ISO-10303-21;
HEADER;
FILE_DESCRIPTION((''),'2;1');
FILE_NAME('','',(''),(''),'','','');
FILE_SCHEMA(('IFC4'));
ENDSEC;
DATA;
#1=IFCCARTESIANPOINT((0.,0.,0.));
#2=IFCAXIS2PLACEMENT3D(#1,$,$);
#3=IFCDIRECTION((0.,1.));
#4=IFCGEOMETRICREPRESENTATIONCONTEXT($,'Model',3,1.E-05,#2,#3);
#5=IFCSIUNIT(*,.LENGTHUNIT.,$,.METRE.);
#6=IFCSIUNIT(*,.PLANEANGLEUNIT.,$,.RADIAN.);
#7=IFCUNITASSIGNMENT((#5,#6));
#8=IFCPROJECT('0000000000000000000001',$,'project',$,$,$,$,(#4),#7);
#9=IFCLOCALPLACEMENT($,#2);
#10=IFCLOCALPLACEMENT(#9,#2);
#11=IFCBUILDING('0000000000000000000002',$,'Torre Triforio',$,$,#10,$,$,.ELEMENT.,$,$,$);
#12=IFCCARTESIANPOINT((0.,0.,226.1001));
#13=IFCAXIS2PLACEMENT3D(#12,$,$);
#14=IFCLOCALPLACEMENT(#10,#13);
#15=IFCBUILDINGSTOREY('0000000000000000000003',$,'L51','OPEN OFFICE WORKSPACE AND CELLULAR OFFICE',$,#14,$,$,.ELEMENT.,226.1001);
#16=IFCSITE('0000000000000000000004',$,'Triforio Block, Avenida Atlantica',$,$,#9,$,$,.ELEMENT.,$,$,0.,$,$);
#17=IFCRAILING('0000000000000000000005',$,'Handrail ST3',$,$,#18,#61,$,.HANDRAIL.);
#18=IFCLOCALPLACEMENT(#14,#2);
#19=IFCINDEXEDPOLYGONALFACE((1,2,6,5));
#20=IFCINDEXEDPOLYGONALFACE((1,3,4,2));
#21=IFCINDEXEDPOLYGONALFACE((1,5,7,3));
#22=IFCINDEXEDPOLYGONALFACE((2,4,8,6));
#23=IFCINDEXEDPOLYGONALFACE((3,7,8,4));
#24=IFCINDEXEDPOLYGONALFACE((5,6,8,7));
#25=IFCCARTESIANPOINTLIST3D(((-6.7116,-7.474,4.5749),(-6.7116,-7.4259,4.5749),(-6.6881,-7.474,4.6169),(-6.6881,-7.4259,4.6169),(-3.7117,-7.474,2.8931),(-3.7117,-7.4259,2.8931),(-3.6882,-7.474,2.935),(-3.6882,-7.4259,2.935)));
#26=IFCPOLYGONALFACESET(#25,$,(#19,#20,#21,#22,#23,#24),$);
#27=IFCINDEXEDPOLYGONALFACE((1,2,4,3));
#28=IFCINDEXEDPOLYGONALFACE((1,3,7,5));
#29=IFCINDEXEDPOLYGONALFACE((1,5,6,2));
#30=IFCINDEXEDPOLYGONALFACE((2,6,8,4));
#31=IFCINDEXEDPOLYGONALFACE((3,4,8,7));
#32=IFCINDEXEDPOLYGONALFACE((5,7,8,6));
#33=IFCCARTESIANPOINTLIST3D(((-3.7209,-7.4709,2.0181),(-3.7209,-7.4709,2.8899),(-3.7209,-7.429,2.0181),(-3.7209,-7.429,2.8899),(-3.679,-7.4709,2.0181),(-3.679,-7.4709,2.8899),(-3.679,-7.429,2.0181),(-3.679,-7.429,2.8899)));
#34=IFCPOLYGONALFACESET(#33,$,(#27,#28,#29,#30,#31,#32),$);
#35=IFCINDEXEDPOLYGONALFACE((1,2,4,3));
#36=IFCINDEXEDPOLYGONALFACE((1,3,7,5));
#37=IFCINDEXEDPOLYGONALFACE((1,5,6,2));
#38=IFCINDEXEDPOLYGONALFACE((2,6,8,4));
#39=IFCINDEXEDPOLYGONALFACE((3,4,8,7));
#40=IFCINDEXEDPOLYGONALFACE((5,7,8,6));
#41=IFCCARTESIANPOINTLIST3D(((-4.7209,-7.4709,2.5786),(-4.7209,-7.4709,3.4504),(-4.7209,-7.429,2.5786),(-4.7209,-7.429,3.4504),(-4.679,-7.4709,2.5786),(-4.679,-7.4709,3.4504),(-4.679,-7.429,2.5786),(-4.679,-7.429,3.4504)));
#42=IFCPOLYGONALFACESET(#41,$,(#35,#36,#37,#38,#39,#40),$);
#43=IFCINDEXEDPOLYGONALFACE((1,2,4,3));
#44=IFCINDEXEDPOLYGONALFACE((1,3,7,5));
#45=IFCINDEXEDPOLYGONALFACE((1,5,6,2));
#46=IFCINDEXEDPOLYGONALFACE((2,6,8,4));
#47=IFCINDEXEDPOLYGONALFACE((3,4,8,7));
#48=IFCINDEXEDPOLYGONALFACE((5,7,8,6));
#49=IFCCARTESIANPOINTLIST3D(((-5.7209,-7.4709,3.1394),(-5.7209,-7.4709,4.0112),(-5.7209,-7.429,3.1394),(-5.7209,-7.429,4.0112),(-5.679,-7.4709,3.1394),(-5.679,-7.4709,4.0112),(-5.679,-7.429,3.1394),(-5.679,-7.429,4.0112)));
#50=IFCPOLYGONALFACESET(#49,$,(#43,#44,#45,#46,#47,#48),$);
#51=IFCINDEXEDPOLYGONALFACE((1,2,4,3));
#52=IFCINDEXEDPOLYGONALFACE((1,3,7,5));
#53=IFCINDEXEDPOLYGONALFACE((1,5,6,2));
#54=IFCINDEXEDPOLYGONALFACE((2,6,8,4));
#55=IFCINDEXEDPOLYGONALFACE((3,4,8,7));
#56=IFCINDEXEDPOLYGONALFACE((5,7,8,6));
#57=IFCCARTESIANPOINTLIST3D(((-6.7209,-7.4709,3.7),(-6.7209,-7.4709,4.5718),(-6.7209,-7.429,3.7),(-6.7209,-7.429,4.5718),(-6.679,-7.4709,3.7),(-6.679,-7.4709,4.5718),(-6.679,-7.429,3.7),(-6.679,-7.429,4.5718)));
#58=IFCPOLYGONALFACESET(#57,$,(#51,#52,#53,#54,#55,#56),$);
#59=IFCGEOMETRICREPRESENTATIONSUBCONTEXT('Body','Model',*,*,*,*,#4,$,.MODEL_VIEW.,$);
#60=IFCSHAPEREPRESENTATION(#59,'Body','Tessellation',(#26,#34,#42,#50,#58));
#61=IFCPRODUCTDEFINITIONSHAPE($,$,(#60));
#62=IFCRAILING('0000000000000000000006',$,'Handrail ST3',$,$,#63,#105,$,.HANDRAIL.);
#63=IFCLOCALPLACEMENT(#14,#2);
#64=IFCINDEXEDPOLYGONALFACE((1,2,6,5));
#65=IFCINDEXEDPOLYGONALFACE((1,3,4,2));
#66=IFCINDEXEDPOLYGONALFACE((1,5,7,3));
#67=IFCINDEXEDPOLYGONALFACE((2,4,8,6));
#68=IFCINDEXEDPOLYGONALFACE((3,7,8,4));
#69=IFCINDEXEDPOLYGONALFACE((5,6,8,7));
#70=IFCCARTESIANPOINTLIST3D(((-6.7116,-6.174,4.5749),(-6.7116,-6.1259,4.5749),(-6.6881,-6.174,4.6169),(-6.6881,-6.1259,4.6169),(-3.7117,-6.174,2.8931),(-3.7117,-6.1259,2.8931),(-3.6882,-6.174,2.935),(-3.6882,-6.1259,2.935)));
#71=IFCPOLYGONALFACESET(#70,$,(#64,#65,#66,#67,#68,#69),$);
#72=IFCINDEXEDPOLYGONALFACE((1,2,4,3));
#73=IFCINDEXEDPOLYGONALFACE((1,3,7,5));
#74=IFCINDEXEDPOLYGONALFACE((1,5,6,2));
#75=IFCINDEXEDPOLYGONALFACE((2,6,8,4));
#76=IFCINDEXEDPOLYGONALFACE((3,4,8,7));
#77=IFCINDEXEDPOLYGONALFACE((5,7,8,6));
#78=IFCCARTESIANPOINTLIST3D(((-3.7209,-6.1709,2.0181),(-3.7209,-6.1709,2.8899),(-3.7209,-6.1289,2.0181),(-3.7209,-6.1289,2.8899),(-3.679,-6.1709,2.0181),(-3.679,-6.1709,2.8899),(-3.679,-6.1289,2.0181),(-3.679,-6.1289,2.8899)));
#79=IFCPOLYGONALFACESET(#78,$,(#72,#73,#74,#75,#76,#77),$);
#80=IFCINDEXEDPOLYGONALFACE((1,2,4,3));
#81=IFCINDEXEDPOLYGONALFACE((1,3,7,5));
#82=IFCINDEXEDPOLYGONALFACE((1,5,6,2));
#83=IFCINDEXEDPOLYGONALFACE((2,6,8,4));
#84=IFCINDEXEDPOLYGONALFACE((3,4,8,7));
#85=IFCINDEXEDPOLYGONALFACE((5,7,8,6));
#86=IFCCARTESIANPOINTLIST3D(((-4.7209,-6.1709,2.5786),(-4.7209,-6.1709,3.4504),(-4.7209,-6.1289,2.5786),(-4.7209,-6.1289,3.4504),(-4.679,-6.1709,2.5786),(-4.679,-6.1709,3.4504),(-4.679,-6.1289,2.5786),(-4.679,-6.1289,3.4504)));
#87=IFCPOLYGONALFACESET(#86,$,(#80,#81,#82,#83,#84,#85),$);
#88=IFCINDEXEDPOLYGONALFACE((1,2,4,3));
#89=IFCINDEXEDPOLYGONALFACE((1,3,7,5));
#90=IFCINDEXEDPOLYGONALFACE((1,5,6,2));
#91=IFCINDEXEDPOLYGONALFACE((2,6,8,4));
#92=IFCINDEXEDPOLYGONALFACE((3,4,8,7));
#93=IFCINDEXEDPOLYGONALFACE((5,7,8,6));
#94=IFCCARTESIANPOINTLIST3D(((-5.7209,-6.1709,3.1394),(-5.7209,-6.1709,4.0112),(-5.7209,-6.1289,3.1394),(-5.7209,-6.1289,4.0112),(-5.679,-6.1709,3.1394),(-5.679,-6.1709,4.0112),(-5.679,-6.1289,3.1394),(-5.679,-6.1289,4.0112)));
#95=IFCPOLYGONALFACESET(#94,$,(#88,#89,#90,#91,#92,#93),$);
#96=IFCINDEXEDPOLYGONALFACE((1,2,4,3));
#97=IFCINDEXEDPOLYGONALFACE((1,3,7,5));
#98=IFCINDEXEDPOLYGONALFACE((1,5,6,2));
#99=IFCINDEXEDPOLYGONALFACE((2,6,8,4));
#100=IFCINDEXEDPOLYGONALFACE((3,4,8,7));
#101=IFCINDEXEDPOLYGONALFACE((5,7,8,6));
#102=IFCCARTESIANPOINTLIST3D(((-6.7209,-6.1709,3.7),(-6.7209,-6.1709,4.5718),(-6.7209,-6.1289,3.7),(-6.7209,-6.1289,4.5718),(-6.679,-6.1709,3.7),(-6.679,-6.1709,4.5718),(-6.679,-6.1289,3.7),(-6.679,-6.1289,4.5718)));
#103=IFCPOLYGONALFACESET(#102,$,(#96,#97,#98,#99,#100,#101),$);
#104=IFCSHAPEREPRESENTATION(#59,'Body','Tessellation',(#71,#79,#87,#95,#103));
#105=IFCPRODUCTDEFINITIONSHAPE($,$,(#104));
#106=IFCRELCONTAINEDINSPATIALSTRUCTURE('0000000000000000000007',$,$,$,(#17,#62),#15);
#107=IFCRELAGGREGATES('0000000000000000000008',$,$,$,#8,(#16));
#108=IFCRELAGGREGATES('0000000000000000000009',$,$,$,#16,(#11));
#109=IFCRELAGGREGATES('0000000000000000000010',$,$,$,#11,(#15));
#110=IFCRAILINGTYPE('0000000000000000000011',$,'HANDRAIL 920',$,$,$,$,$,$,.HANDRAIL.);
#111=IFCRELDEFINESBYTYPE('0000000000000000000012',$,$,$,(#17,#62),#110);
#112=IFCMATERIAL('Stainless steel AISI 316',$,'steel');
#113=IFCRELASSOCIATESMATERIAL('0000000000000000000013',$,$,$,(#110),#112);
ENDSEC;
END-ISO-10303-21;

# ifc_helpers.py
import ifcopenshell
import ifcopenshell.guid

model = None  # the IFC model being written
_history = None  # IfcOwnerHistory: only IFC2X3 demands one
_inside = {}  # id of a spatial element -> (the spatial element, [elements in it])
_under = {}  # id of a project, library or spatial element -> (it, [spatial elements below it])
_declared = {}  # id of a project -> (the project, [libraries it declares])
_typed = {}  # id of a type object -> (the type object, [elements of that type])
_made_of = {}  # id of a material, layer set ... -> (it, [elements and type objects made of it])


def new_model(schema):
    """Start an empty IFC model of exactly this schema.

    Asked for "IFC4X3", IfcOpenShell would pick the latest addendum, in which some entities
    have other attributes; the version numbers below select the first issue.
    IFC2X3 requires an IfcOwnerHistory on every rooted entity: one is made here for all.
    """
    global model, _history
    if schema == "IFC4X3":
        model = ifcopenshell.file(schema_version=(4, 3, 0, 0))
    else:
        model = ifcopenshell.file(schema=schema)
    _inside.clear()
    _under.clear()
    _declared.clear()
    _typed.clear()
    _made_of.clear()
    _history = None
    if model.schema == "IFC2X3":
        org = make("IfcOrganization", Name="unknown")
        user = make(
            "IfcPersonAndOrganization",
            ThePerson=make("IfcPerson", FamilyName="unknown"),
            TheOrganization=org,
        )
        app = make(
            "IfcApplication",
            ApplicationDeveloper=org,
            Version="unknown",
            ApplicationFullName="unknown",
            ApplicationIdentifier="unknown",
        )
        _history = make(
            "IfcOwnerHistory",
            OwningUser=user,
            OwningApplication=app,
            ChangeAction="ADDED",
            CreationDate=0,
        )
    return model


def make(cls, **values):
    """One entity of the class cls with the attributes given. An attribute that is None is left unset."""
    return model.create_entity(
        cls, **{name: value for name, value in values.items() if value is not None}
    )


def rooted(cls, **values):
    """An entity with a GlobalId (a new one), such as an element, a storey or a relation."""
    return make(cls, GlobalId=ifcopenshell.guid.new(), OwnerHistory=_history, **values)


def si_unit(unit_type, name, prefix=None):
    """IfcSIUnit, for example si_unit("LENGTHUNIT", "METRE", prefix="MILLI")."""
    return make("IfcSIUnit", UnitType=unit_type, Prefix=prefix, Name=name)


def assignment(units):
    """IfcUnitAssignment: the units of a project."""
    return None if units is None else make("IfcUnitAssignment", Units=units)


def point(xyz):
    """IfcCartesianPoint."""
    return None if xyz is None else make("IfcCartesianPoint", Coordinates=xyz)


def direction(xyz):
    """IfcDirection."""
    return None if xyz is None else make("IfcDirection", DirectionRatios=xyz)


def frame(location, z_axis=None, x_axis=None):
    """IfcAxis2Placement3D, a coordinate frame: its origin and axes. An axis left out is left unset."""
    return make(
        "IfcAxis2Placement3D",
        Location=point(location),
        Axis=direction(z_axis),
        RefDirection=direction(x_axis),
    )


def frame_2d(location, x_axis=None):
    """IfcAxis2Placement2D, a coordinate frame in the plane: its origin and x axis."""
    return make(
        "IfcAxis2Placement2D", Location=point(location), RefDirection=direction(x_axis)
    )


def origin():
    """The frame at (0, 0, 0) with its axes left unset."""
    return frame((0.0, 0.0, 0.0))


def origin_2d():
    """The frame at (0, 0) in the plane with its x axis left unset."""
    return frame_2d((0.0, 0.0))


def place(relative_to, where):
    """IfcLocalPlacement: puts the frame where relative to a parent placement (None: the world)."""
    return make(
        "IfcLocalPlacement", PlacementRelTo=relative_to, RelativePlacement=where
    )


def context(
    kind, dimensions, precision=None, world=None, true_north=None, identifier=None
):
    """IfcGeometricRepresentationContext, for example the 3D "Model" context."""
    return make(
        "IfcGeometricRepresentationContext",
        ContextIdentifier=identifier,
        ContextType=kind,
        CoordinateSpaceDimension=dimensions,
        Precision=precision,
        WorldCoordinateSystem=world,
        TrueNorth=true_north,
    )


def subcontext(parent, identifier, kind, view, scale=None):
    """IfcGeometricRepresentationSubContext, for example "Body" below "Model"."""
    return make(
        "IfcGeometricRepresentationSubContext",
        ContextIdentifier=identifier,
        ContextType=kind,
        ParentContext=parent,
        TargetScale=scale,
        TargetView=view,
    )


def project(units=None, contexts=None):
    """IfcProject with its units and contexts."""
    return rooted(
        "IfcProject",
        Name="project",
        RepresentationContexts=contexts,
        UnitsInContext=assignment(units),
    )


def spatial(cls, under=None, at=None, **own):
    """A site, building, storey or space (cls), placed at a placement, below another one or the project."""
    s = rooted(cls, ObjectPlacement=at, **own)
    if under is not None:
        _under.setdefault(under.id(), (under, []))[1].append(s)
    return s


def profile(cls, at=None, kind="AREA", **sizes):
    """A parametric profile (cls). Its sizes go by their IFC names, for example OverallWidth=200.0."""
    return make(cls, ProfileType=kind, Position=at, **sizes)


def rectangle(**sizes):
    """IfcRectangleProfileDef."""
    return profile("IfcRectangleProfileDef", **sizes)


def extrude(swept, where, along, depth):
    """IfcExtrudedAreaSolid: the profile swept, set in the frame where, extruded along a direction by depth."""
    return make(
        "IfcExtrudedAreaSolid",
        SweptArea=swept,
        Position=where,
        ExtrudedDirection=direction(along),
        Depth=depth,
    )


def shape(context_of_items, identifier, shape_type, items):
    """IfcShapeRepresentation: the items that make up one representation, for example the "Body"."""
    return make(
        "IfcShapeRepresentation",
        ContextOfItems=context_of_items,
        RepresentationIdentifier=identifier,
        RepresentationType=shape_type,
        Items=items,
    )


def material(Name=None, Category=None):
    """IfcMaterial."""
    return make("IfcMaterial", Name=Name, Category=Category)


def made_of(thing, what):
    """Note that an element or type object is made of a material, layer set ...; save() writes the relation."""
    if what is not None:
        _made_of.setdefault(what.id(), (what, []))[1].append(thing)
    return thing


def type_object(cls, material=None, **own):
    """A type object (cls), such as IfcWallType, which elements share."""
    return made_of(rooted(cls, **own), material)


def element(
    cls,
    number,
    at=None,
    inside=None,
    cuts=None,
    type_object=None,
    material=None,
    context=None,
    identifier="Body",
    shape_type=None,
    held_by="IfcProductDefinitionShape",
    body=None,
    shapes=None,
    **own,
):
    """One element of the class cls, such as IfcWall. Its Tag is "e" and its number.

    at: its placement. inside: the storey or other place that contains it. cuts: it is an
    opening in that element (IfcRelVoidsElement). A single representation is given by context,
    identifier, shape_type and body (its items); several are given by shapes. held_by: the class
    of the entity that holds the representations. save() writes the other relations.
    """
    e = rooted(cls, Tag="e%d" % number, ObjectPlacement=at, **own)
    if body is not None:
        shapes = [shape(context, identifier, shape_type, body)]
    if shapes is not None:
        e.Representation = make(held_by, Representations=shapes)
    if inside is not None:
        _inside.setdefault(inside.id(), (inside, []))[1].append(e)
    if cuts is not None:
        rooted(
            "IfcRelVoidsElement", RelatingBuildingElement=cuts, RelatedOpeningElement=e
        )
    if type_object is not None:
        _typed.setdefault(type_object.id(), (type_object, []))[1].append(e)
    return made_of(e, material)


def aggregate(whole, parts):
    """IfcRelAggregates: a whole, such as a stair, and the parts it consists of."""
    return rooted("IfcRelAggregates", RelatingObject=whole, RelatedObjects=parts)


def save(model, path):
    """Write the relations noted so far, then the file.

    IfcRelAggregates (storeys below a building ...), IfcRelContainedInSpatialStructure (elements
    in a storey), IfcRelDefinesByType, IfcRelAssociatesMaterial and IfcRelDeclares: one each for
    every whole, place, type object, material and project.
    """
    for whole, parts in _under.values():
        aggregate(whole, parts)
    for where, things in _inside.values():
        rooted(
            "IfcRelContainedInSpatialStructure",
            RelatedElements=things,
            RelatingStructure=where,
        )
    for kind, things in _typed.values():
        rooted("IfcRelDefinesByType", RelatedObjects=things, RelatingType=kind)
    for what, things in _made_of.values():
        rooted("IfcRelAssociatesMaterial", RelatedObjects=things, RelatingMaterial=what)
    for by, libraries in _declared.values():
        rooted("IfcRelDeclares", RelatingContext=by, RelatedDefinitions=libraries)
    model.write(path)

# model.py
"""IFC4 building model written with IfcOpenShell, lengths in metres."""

from ifc_helpers import new_model, si_unit, direction, frame, origin, origin_2d, place, context, subcontext, project, spatial, rectangle, extrude, material, type_object, element, save


model = new_model("IFC4")

# Units and contexts
model_context = context("Model", 3, precision=1e-05, world=origin(), true_north=direction((0.0, 1.0)))
body_context = subcontext(model_context, "Body", "Model", "MODEL_VIEW")
ifc_project = project(units=[si_unit("LENGTHUNIT", "METRE"), si_unit("PLANEANGLEUNIT", "RADIAN")], contexts=[model_context])

# Site, building, storey
site_placement = place(None, origin())
site = spatial("IfcSite", under=ifc_project, at=site_placement, Name="Triforio Block, Avenida Atlantica", CompositionType="ELEMENT", RefElevation=0.0)
building_placement = place(site_placement, origin())
building = spatial("IfcBuilding", under=site, at=building_placement, Name="Torre Triforio", CompositionType="ELEMENT")
storey_placement = place(building_placement, frame((0.0, 0.0, 226.1001)))
storey = spatial("IfcBuildingStorey", under=building, at=storey_placement, Name="L51", Description="OPEN OFFICE WORKSPACE AND CELLULAR OFFICE", CompositionType="ELEMENT", Elevation=226.1001)

# Railings
ifc_material_1 = material(Name="Stainless steel AISI 316", Category="steel")
railing_type = type_object("IfcRailingType", Name="HANDRAIL 920", PredefinedType="HANDRAIL", material=ifc_material_1)
for number, where, name in (
    (1, (-3.7, -7.45, 2.0181), "Handrail ST3"),
    (2, (-3.7, -6.1499, 2.0181), "Handrail ST3"),
):
    element("IfcRailing", number, at=place(storey_placement, frame(where)), inside=storey, type_object=railing_type, Name=name, PredefinedType="HANDRAIL", context=body_context, shape_type="SweptSolid", body=[
        extrude(rectangle(XDim=0.0481, YDim=0.0481, at=origin_2d()), frame((0.0, 0.0, 0.896), z_axis=(-0.872272, 0.0, 0.48902), x_axis=(0.0, -1.0, 0.0)), (0.0, 0.0, 1.0), 3.4392),
        extrude(rectangle(XDim=0.042, YDim=0.042, at=origin_2d()), origin(), (0.0, 0.0, 1.0), 0.8718),
        extrude(rectangle(XDim=0.042, YDim=0.042, at=origin_2d()), frame((-1.0, 0.0, 0.5605)), (0.0, 0.0, 1.0), 0.8718),
        extrude(rectangle(XDim=0.042, YDim=0.042, at=origin_2d()), frame((-2.0, 0.0, 1.1213)), (0.0, 0.0, 1.0), 0.8718),
        extrude(rectangle(XDim=0.042, YDim=0.042, at=origin_2d()), frame((-3.0, 0.0, 1.6819)), (0.0, 0.0, 1.0), 0.8718),
    ])

save(model, "model.ifc")
